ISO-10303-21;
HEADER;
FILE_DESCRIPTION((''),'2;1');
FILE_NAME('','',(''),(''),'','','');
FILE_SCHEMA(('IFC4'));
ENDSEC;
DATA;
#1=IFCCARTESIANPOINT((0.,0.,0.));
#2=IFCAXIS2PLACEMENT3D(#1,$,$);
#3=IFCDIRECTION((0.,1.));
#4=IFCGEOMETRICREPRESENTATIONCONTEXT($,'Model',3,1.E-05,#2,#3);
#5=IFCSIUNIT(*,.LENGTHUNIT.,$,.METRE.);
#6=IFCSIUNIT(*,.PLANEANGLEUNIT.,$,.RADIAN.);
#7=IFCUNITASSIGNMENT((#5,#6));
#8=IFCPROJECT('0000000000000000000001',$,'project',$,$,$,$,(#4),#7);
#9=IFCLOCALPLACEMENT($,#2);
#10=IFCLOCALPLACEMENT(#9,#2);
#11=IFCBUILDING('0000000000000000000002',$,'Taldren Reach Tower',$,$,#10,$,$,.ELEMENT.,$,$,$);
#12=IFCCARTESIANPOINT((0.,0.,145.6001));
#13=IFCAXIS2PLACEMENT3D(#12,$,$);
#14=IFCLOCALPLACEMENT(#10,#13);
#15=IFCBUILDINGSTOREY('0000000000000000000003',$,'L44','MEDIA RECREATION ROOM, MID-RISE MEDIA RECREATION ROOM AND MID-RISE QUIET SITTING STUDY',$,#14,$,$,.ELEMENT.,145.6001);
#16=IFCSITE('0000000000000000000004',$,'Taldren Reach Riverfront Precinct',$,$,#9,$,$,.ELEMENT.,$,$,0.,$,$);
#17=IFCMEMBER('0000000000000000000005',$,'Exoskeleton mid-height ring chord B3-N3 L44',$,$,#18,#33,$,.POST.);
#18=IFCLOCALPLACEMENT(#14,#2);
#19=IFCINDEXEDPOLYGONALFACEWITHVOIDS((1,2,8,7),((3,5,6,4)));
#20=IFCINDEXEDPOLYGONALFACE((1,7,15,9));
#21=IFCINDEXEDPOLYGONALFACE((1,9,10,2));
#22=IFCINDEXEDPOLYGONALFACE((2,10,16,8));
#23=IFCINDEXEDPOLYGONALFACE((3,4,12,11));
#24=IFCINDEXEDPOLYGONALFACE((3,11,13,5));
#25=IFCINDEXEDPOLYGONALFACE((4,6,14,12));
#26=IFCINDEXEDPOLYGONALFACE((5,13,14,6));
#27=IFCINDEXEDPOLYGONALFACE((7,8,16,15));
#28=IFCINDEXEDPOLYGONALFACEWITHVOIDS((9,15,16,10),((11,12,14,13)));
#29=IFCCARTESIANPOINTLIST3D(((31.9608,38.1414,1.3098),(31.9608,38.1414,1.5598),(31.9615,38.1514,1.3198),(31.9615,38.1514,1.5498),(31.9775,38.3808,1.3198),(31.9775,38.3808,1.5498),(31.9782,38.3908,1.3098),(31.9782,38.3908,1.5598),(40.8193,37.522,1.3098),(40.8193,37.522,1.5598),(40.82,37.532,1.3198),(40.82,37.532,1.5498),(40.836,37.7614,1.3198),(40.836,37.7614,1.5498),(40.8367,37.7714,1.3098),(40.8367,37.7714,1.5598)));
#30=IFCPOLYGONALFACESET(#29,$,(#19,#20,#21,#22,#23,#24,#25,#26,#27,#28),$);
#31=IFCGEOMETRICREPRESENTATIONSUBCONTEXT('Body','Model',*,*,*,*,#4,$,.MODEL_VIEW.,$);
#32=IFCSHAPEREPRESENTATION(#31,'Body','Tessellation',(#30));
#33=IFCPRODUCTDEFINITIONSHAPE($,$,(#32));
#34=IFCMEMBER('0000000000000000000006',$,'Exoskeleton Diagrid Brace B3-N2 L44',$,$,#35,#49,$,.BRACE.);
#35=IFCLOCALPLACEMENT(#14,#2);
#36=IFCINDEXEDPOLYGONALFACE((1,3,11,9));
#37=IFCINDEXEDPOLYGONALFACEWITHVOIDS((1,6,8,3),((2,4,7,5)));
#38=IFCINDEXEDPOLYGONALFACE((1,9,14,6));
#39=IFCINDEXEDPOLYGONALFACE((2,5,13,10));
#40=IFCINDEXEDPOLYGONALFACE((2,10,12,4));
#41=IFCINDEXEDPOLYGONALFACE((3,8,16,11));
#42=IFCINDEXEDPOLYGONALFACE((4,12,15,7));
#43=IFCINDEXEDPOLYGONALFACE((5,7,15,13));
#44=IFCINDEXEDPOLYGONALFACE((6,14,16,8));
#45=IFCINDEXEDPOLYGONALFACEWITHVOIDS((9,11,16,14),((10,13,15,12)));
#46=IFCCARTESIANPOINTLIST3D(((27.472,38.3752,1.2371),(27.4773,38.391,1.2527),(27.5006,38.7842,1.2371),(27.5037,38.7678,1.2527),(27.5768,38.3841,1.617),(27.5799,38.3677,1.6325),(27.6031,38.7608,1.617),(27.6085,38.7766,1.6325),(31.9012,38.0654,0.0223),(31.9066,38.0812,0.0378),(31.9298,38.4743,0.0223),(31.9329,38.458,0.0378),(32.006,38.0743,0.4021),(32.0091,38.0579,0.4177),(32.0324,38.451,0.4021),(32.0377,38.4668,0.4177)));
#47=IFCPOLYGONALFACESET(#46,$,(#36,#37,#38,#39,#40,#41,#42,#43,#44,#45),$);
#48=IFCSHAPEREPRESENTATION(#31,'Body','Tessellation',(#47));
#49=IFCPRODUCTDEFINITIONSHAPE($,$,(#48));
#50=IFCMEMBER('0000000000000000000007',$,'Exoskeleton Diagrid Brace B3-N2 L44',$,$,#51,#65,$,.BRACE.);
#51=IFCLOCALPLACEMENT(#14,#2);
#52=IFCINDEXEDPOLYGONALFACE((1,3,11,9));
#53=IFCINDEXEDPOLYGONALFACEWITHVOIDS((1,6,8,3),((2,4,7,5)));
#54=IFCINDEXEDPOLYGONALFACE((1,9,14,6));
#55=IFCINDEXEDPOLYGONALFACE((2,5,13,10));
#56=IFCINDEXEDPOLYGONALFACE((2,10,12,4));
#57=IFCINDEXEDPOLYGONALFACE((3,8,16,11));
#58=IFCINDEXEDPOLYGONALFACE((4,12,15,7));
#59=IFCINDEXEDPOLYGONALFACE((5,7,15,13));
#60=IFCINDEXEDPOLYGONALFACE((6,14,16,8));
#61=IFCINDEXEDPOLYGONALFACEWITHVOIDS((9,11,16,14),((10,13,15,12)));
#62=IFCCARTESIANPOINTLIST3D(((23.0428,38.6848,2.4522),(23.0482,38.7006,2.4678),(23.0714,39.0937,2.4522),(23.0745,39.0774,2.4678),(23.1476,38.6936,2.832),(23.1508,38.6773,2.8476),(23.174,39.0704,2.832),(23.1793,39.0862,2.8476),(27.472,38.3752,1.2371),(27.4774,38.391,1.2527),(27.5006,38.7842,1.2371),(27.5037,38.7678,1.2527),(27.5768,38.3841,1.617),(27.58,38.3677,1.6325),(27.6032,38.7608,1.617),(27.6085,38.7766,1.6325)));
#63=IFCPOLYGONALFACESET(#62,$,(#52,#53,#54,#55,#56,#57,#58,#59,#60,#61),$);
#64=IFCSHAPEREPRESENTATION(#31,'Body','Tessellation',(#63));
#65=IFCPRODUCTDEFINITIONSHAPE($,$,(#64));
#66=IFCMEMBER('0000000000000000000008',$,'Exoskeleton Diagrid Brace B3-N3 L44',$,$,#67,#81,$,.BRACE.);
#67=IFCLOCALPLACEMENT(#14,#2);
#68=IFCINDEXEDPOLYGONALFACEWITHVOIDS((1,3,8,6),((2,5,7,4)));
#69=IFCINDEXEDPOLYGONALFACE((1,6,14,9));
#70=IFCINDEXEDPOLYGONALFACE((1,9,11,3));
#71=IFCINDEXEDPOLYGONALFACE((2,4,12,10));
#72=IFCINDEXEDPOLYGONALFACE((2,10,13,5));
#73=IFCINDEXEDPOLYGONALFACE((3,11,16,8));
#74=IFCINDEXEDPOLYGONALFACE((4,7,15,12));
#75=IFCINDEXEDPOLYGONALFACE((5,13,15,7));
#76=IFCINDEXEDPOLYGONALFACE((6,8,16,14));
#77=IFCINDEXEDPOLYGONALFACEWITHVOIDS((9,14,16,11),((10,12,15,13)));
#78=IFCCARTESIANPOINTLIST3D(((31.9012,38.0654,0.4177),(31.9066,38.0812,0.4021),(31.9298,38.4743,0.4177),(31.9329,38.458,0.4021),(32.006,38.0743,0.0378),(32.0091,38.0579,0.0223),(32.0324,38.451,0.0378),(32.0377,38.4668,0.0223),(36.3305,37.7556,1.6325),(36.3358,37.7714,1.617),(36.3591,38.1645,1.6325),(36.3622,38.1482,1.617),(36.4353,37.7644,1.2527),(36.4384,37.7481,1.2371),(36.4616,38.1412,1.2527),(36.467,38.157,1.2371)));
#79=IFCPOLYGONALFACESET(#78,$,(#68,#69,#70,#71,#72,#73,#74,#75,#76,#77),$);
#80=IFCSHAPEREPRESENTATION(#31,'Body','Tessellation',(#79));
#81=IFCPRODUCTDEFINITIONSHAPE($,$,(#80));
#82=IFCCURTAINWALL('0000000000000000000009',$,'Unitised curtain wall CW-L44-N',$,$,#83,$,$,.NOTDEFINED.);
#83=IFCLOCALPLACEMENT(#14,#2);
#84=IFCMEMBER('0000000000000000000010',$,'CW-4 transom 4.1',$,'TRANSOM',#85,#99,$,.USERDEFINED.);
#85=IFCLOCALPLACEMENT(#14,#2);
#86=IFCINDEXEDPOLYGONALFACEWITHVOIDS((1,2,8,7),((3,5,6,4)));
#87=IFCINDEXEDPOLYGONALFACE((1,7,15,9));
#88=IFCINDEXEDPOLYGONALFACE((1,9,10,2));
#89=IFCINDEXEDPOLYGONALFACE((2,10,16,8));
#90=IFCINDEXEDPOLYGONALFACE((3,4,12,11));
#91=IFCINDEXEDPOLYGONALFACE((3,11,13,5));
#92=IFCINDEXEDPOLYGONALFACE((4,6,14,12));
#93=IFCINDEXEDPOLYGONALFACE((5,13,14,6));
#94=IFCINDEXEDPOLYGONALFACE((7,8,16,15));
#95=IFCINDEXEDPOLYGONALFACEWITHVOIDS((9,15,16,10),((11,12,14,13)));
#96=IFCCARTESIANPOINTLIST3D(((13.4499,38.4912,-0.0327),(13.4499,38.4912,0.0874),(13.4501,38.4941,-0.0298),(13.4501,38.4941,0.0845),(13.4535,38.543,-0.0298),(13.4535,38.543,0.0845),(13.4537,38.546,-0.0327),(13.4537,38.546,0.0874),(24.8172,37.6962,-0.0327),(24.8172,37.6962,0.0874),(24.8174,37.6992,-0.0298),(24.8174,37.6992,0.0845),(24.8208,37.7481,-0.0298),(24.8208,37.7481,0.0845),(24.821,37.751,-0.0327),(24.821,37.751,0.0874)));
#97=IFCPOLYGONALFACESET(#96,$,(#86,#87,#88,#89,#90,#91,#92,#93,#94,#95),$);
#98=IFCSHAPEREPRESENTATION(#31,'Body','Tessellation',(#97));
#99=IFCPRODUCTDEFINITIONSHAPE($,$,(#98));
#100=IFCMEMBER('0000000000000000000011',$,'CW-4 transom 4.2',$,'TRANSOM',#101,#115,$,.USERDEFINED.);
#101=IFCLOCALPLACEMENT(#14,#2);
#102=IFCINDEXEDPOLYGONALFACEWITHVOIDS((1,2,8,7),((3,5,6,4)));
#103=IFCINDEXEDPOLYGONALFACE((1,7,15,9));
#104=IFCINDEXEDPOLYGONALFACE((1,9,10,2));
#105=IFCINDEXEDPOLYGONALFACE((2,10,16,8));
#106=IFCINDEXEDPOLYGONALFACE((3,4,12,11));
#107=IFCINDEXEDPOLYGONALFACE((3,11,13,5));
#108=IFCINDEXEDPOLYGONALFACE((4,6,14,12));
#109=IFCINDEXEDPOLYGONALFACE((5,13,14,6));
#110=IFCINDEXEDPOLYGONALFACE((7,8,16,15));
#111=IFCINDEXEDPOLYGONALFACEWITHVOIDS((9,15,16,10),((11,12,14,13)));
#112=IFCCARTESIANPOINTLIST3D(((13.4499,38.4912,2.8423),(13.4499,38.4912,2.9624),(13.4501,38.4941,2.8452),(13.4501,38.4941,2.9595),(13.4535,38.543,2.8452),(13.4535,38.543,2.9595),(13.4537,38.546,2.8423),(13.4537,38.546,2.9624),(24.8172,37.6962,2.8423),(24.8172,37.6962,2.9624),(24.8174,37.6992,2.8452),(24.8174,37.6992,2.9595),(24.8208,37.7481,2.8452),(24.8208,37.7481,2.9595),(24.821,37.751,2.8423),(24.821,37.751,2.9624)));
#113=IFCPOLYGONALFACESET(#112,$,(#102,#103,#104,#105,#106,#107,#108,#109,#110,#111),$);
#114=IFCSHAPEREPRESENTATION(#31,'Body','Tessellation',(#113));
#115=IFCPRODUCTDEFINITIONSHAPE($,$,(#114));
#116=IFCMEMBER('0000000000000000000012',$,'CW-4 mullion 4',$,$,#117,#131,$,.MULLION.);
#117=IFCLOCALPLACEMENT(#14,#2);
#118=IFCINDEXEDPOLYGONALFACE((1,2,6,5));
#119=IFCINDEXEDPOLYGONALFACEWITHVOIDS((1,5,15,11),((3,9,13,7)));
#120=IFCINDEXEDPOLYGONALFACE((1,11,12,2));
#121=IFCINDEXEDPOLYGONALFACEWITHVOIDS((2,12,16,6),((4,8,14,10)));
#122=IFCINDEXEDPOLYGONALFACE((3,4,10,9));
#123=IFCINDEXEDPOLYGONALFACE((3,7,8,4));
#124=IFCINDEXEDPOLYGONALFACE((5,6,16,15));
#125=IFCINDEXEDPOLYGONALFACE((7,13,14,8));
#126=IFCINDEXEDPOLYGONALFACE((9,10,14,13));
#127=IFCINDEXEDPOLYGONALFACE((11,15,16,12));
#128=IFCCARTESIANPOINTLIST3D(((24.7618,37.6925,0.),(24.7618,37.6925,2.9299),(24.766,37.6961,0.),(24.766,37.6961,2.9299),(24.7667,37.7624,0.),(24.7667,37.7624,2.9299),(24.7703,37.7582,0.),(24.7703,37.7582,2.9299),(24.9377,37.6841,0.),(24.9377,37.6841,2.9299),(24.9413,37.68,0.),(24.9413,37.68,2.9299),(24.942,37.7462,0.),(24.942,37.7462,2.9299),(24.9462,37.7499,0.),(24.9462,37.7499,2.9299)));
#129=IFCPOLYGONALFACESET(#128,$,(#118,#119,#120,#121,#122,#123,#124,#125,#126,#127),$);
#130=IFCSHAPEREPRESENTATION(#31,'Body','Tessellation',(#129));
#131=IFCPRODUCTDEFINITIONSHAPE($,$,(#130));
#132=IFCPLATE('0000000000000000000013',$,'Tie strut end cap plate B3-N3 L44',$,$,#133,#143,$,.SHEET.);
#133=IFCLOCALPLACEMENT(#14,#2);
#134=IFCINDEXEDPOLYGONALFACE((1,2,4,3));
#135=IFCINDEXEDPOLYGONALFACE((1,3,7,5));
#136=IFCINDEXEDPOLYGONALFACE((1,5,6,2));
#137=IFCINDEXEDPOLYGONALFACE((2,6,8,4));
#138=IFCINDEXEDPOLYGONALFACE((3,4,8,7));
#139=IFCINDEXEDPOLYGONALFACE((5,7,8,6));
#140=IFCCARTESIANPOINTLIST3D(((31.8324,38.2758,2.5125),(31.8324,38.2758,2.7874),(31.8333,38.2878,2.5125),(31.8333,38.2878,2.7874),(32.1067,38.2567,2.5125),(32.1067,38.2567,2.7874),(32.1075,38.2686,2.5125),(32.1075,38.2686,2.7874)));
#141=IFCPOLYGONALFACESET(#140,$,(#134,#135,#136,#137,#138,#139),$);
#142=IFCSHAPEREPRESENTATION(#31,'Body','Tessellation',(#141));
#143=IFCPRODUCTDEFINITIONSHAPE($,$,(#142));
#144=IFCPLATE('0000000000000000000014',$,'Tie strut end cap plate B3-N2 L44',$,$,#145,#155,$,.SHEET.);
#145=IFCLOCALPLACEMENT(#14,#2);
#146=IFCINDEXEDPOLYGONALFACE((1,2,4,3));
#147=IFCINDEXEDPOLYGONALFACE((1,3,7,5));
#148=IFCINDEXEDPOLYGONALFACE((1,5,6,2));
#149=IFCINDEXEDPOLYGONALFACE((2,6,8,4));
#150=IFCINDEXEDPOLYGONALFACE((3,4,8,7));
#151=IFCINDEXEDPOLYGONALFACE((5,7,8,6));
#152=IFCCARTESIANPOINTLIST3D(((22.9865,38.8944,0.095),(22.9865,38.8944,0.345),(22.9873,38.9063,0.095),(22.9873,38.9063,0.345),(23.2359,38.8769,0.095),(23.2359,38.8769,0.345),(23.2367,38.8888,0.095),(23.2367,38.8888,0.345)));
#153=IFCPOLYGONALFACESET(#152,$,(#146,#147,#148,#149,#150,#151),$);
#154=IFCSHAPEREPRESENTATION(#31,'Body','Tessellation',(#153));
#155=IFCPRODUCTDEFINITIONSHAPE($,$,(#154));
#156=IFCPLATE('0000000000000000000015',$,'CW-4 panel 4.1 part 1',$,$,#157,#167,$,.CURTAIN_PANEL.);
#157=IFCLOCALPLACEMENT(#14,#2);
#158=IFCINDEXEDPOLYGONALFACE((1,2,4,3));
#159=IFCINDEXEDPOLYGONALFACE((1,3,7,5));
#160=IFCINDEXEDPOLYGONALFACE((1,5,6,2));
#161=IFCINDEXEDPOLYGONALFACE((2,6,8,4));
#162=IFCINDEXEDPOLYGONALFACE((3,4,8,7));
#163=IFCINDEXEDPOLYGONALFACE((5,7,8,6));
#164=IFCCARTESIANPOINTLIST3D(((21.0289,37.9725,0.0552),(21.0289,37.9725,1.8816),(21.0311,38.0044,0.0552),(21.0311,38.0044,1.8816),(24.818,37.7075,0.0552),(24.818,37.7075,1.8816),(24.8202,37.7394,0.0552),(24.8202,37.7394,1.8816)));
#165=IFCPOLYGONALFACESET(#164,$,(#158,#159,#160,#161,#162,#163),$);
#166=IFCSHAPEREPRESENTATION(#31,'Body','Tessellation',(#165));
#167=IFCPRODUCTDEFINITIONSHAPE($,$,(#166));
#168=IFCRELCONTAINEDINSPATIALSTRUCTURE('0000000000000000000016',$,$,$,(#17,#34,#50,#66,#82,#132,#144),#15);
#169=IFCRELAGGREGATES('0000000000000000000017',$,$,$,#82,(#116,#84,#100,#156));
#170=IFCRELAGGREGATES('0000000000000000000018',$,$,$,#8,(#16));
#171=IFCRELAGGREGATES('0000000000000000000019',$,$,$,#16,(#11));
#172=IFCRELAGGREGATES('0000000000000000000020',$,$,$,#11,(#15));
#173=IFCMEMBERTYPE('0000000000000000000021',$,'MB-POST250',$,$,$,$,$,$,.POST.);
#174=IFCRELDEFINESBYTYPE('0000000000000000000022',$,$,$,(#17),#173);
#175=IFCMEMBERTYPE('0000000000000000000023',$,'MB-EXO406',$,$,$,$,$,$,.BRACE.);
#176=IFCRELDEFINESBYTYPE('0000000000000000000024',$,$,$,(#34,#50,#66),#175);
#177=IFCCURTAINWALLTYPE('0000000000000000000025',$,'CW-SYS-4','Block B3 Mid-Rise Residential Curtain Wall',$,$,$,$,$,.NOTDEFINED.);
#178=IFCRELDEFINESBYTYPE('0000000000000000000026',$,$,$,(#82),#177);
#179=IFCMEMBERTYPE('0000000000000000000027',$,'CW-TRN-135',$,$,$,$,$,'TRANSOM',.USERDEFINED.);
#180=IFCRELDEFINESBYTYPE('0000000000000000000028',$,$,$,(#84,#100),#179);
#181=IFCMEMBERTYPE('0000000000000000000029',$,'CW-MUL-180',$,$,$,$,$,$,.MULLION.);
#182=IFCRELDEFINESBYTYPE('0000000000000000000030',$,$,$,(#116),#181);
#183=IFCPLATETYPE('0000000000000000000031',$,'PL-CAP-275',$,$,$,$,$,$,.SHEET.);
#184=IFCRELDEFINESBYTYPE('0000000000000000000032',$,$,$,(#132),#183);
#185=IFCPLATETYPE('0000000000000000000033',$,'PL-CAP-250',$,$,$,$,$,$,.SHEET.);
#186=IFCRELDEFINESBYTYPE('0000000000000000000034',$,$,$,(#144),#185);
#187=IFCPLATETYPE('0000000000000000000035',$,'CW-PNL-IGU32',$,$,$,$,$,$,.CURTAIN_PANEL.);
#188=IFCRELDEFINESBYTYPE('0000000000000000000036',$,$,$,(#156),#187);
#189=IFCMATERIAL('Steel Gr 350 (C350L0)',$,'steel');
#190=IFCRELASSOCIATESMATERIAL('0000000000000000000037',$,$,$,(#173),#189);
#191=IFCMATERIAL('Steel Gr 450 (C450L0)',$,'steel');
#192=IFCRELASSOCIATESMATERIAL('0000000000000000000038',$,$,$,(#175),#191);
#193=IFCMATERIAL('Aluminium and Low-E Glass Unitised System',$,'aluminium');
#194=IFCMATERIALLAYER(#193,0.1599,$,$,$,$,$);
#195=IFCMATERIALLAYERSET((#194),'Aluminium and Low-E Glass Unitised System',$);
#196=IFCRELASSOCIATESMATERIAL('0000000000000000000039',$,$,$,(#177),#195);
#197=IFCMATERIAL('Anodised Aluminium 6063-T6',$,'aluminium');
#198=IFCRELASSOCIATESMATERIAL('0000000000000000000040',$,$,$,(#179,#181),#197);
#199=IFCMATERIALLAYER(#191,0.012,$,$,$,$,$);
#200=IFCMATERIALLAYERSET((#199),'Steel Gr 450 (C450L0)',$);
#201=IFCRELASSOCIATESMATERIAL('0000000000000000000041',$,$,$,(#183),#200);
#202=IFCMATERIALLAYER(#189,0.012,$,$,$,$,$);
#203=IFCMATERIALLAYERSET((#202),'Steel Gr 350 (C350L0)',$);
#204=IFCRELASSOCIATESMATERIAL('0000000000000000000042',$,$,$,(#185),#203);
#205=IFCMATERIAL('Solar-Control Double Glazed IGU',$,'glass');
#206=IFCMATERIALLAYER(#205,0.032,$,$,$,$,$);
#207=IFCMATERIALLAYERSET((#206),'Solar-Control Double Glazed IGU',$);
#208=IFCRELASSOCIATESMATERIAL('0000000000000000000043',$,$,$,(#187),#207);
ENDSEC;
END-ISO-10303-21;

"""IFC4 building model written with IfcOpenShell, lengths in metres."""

from ifc_helpers import new_model, si_unit, direction, frame, origin, origin_2d, place, context, subcontext, project, spatial, rectangle, hollow_rectangle, extrude, source, transform, mapped, material, layer, layer_set, material_profile, profile_set, type_object, element, aggregate, save


model = new_model("IFC4")

# Units and contexts
model_context = context("Model", 3, precision=1e-05, world=origin(), true_north=direction((0.0, 1.0)))
body_context = subcontext(model_context, "Body", "Model", "MODEL_VIEW")
ifc_project = project(units=[si_unit("LENGTHUNIT", "METRE"), si_unit("PLANEANGLEUNIT", "RADIAN")], contexts=[model_context])

# Site, building, storey
site_placement = place(None, origin())
site = spatial("IfcSite", under=ifc_project, at=site_placement, Name="Taldren Reach Riverfront Precinct", CompositionType="ELEMENT", RefElevation=0.0)
building_placement = place(site_placement, origin())
building = spatial("IfcBuilding", under=site, at=building_placement, Name="Taldren Reach Tower", CompositionType="ELEMENT")
storey_placement = place(building_placement, frame((0.0, 0.0, 145.6001)))
storey = spatial("IfcBuildingStorey", under=building, at=storey_placement, Name="L44", Description="MEDIA RECREATION ROOM, MID-RISE MEDIA RECREATION ROOM AND MID-RISE QUIET SITTING STUDY", CompositionType="ELEMENT", Elevation=145.6001)

# Shared definitions
ifc_material_1 = material(Name="Steel Gr 450 (C450L0)", Category="steel")
ifc_material_2 = material(Name="Steel Gr 350 (C350L0)", Category="steel")
ifc_material_profile_1 = material_profile(ifc_material_2, hollow_rectangle(XDim=0.25, YDim=0.25, WallThickness=0.01, at=origin_2d()), Name="250x250x10.0SHS")
ifc_profile_set_1 = profile_set([ifc_material_profile_1], Name="Steel Gr 350 (C350L0)")
member_type_1 = type_object("IfcMemberType", Name="MB-POST250", PredefinedType="POST", material=ifc_profile_set_1)

# Members
shared_shape_1 = source(origin(), body_context, "Body", "SweptSolid", [
    extrude(hollow_rectangle(XDim=0.25, YDim=0.25, WallThickness=0.01, at=origin_2d()), origin(), (0.0, 0.0, 1.0), 8.8801),
])
for number, where, z_axis, x_axis, name in (
    (1, (31.9695, 38.2661, 1.4348), (0.997564, -0.06975, 0.0), (0.06975, 0.997564, 0.0), "Exoskeleton mid-height ring chord B3-N3 L44"),
):
    element("IfcMember", number, at=place(storey_placement, frame(where, z_axis=z_axis, x_axis=x_axis)), inside=storey, type_object=member_type_1, Name=name, PredefinedType="POST", context=body_context, shape_type="MappedRepresentation", body=[
        mapped(shared_shape_1, transform((0.0, 0.0, 0.0), scale=1.0)),
    ])
ifc_material_profile_2 = material_profile(ifc_material_1, hollow_rectangle(XDim=0.4099, YDim=0.4099, WallThickness=0.0161, at=origin_2d()), Name="410x410x16.0SHS")
ifc_profile_set_2 = profile_set([ifc_material_profile_2], Name="Steel Gr 450 (C450L0)")
member_type_2 = type_object("IfcMemberType", Name="MB-EXO406", PredefinedType="BRACE", material=ifc_profile_set_2)
shared_shape_2 = source(origin(), body_context, "Body", "SweptSolid", [
    extrude(hollow_rectangle(XDim=0.4099, YDim=0.4099, WallThickness=0.0161, at=origin_2d()), origin(), (0.0, 0.0, 1.0), 4.6033),
])
for number, where, z_axis, x_axis, name in (
    (2, (31.9695, 38.2661, 0.22), (-0.962196, 0.067304, 0.263912), (-0.069778, -0.997563, 0.0), "Exoskeleton Diagrid Brace B3-N2 L44"),
    (3, (27.5403, 38.5759, 1.4348), (-0.962186, 0.06725, 0.263962), (-0.069723, -0.997566, 0.0), "Exoskeleton Diagrid Brace B3-N2 L44"),
    (4, (31.9695, 38.2661, 0.22), (0.962196, -0.067304, 0.263912), (0.069778, 0.997563, 0.0), "Exoskeleton Diagrid Brace B3-N3 L44"),
):
    element("IfcMember", number, at=place(storey_placement, frame(where, z_axis=z_axis, x_axis=x_axis)), inside=storey, type_object=member_type_2, Name=name, PredefinedType="BRACE", context=body_context, shape_type="MappedRepresentation", body=[
        mapped(shared_shape_2, transform((0.0, 0.0, 0.0), scale=1.0)),
    ])

# Curtain wall, members
ifc_material_3 = material(Name="Aluminium and Low-E Glass Unitised System", Category="aluminium")
ifc_layer_1 = layer(ifc_material_3, 0.1599)
ifc_layer_set_1 = layer_set([ifc_layer_1], Name="Aluminium and Low-E Glass Unitised System")
curtain_wall_type = type_object("IfcCurtainWallType", Name="CW-SYS-4", Description="Block B3 Mid-Rise Residential Curtain Wall", PredefinedType="NOTDEFINED", material=ifc_layer_set_1)
curtain_wall_placement = place(storey_placement, origin())
curtain_wall = element("IfcCurtainWall", 5, at=curtain_wall_placement, inside=storey, type_object=curtain_wall_type, Name="Unitised curtain wall CW-L44-N", PredefinedType="NOTDEFINED")
ifc_material_4 = material(Name="Anodised Aluminium 6063-T6", Category="aluminium")
ifc_material_profile_3 = material_profile(ifc_material_4, hollow_rectangle(XDim=0.0549, YDim=0.1201, WallThickness=0.0029, at=origin_2d()), Name="ALU-120x55x3RHS")
ifc_profile_set_3 = profile_set([ifc_material_profile_3], Name="Anodised Aluminium 6063-T6")
member_type_3 = type_object("IfcMemberType", Name="CW-TRN-135", ElementType="TRANSOM", PredefinedType="USERDEFINED", material=ifc_profile_set_3)
shared_shape_3 = source(origin(), body_context, "Body", "SweptSolid", [
    extrude(hollow_rectangle(XDim=0.0549, YDim=0.1201, WallThickness=0.0029, at=origin_2d()), origin(), (0.0, 0.0, 1.0), 11.395),
])
member_1_placement = place(storey_placement, frame((24.8191, 37.7236, 0.0273), z_axis=(-0.997564, 0.069761, 0.0), x_axis=(-0.069761, -0.997564, 0.0)))
member_1 = element("IfcMember", 6, at=member_1_placement, type_object=member_type_3, Name="CW-4 transom 4.1", ObjectType="TRANSOM", PredefinedType="USERDEFINED", context=body_context, shape_type="MappedRepresentation", body=[
    mapped(shared_shape_3, transform((0.0, 0.0, 0.0), scale=1.0)),
])
member_2_placement = place(storey_placement, frame((24.8191, 37.7236, 2.9023), z_axis=(-0.997564, 0.069761, 0.0), x_axis=(-0.069761, -0.997564, 0.0)))
member_2 = element("IfcMember", 7, at=member_2_placement, type_object=member_type_3, Name="CW-4 transom 4.2", ObjectType="TRANSOM", PredefinedType="USERDEFINED", context=body_context, shape_type="MappedRepresentation", body=[
    mapped(shared_shape_3, transform((0.0, 0.0, 0.0), scale=1.0)),
])
ifc_material_profile_4 = material_profile(ifc_material_4, hollow_rectangle(XDim=0.0701, YDim=0.1799, WallThickness=0.0039, at=origin_2d()), Name="ALU-180x70x4RHS")
ifc_profile_set_4 = profile_set([ifc_material_profile_4], Name="Anodised Aluminium 6063-T6")
member_type_4 = type_object("IfcMemberType", Name="CW-MUL-180", PredefinedType="MULLION", material=ifc_profile_set_4)
shared_shape_4 = source(origin(), body_context, "Body", "SweptSolid", [
    extrude(hollow_rectangle(XDim=0.0701, YDim=0.1799, WallThickness=0.0039, at=origin_2d()), origin(), (0.0, 0.0, 1.0), 2.9299),
])
member_3_placement = place(storey_placement, frame((24.854, 37.7212, 0.0), z_axis=(0.0, 0.0, 1.0), x_axis=(-0.069757, -0.997564, 0.0)))
member_3 = element("IfcMember", 8, at=member_3_placement, type_object=member_type_4, Name="CW-4 mullion 4", PredefinedType="MULLION", context=body_context, shape_type="MappedRepresentation", body=[
    mapped(shared_shape_4, transform((0.0, 0.0, 0.0), scale=1.0)),
])

# Plates
ifc_layer_2 = layer(ifc_material_1, 0.012)
ifc_layer_set_2 = layer_set([ifc_layer_2], Name="Steel Gr 450 (C450L0)")
plate_type_1 = type_object("IfcPlateType", Name="PL-CAP-275", PredefinedType="SHEET", material=ifc_layer_set_2)
shared_shape_5 = source(origin(), body_context, "Body", "SweptSolid", [
    extrude(rectangle(XDim=0.2749, YDim=0.012, at=origin_2d()), origin(), (0.0, 0.0, 1.0), 0.2749),
])
plate_1_placement = place(storey_placement, frame((31.97, 38.2722, 2.5125), z_axis=(0.0, 0.0, 1.0), x_axis=(0.997564, -0.069756, 0.0)))
element("IfcPlate", 9, at=plate_1_placement, inside=storey, type_object=plate_type_1, Name="Tie strut end cap plate B3-N3 L44", PredefinedType="SHEET", context=body_context, shape_type="MappedRepresentation", body=[
    mapped(shared_shape_5, transform((0.0, 0.0, 0.0), scale=1.0)),
])
ifc_layer_3 = layer(ifc_material_2, 0.012)
ifc_layer_set_3 = layer_set([ifc_layer_3], Name="Steel Gr 350 (C350L0)")
plate_type_2 = type_object("IfcPlateType", Name="PL-CAP-250", PredefinedType="SHEET", material=ifc_layer_set_3)
shared_shape_6 = source(origin(), body_context, "Body", "SweptSolid", [
    extrude(rectangle(XDim=0.25, YDim=0.012, at=origin_2d()), origin(), (0.0, 0.0, 1.0), 0.25),
])
plate_2_placement = place(storey_placement, frame((23.1116, 38.8916, 0.095), z_axis=(0.0, 0.0, 1.0), x_axis=(0.997564, -0.069756, 0.0)))
element("IfcPlate", 10, at=plate_2_placement, inside=storey, type_object=plate_type_2, Name="Tie strut end cap plate B3-N2 L44", PredefinedType="SHEET", context=body_context, shape_type="MappedRepresentation", body=[
    mapped(shared_shape_6, transform((0.0, 0.0, 0.0), scale=1.0)),
])

# Plate
ifc_material_5 = material(Name="Solar-Control Double Glazed IGU", Category="glass")
ifc_layer_4 = layer(ifc_material_5, 0.032)
ifc_layer_set_4 = layer_set([ifc_layer_4], Name="Solar-Control Double Glazed IGU")
plate_type_3 = type_object("IfcPlateType", Name="CW-PNL-IGU32", PredefinedType="CURTAIN_PANEL", material=ifc_layer_set_4)
shared_shape_7 = source(origin(), body_context, "Body", "SweptSolid", [
    extrude(rectangle(XDim=3.7983, YDim=0.032, at=origin_2d()), origin(), (0.0, 0.0, 1.0), 1.8264),
])
plate_3_placement = place(storey_placement, frame((22.9246, 37.856, 0.0552), z_axis=(0.0, 0.0, 1.0), x_axis=(-0.997564, 0.069757, 0.0)))
plate_3 = element("IfcPlate", 11, at=plate_3_placement, type_object=plate_type_3, Name="CW-4 panel 4.1 part 1", PredefinedType="CURTAIN_PANEL", context=body_context, shape_type="MappedRepresentation", body=[
    mapped(shared_shape_7, transform((0.0, 0.0, 0.0), scale=1.0)),
])
aggregate(curtain_wall, [member_3, member_1, member_2, plate_3])

save(model, "model.ifc")
